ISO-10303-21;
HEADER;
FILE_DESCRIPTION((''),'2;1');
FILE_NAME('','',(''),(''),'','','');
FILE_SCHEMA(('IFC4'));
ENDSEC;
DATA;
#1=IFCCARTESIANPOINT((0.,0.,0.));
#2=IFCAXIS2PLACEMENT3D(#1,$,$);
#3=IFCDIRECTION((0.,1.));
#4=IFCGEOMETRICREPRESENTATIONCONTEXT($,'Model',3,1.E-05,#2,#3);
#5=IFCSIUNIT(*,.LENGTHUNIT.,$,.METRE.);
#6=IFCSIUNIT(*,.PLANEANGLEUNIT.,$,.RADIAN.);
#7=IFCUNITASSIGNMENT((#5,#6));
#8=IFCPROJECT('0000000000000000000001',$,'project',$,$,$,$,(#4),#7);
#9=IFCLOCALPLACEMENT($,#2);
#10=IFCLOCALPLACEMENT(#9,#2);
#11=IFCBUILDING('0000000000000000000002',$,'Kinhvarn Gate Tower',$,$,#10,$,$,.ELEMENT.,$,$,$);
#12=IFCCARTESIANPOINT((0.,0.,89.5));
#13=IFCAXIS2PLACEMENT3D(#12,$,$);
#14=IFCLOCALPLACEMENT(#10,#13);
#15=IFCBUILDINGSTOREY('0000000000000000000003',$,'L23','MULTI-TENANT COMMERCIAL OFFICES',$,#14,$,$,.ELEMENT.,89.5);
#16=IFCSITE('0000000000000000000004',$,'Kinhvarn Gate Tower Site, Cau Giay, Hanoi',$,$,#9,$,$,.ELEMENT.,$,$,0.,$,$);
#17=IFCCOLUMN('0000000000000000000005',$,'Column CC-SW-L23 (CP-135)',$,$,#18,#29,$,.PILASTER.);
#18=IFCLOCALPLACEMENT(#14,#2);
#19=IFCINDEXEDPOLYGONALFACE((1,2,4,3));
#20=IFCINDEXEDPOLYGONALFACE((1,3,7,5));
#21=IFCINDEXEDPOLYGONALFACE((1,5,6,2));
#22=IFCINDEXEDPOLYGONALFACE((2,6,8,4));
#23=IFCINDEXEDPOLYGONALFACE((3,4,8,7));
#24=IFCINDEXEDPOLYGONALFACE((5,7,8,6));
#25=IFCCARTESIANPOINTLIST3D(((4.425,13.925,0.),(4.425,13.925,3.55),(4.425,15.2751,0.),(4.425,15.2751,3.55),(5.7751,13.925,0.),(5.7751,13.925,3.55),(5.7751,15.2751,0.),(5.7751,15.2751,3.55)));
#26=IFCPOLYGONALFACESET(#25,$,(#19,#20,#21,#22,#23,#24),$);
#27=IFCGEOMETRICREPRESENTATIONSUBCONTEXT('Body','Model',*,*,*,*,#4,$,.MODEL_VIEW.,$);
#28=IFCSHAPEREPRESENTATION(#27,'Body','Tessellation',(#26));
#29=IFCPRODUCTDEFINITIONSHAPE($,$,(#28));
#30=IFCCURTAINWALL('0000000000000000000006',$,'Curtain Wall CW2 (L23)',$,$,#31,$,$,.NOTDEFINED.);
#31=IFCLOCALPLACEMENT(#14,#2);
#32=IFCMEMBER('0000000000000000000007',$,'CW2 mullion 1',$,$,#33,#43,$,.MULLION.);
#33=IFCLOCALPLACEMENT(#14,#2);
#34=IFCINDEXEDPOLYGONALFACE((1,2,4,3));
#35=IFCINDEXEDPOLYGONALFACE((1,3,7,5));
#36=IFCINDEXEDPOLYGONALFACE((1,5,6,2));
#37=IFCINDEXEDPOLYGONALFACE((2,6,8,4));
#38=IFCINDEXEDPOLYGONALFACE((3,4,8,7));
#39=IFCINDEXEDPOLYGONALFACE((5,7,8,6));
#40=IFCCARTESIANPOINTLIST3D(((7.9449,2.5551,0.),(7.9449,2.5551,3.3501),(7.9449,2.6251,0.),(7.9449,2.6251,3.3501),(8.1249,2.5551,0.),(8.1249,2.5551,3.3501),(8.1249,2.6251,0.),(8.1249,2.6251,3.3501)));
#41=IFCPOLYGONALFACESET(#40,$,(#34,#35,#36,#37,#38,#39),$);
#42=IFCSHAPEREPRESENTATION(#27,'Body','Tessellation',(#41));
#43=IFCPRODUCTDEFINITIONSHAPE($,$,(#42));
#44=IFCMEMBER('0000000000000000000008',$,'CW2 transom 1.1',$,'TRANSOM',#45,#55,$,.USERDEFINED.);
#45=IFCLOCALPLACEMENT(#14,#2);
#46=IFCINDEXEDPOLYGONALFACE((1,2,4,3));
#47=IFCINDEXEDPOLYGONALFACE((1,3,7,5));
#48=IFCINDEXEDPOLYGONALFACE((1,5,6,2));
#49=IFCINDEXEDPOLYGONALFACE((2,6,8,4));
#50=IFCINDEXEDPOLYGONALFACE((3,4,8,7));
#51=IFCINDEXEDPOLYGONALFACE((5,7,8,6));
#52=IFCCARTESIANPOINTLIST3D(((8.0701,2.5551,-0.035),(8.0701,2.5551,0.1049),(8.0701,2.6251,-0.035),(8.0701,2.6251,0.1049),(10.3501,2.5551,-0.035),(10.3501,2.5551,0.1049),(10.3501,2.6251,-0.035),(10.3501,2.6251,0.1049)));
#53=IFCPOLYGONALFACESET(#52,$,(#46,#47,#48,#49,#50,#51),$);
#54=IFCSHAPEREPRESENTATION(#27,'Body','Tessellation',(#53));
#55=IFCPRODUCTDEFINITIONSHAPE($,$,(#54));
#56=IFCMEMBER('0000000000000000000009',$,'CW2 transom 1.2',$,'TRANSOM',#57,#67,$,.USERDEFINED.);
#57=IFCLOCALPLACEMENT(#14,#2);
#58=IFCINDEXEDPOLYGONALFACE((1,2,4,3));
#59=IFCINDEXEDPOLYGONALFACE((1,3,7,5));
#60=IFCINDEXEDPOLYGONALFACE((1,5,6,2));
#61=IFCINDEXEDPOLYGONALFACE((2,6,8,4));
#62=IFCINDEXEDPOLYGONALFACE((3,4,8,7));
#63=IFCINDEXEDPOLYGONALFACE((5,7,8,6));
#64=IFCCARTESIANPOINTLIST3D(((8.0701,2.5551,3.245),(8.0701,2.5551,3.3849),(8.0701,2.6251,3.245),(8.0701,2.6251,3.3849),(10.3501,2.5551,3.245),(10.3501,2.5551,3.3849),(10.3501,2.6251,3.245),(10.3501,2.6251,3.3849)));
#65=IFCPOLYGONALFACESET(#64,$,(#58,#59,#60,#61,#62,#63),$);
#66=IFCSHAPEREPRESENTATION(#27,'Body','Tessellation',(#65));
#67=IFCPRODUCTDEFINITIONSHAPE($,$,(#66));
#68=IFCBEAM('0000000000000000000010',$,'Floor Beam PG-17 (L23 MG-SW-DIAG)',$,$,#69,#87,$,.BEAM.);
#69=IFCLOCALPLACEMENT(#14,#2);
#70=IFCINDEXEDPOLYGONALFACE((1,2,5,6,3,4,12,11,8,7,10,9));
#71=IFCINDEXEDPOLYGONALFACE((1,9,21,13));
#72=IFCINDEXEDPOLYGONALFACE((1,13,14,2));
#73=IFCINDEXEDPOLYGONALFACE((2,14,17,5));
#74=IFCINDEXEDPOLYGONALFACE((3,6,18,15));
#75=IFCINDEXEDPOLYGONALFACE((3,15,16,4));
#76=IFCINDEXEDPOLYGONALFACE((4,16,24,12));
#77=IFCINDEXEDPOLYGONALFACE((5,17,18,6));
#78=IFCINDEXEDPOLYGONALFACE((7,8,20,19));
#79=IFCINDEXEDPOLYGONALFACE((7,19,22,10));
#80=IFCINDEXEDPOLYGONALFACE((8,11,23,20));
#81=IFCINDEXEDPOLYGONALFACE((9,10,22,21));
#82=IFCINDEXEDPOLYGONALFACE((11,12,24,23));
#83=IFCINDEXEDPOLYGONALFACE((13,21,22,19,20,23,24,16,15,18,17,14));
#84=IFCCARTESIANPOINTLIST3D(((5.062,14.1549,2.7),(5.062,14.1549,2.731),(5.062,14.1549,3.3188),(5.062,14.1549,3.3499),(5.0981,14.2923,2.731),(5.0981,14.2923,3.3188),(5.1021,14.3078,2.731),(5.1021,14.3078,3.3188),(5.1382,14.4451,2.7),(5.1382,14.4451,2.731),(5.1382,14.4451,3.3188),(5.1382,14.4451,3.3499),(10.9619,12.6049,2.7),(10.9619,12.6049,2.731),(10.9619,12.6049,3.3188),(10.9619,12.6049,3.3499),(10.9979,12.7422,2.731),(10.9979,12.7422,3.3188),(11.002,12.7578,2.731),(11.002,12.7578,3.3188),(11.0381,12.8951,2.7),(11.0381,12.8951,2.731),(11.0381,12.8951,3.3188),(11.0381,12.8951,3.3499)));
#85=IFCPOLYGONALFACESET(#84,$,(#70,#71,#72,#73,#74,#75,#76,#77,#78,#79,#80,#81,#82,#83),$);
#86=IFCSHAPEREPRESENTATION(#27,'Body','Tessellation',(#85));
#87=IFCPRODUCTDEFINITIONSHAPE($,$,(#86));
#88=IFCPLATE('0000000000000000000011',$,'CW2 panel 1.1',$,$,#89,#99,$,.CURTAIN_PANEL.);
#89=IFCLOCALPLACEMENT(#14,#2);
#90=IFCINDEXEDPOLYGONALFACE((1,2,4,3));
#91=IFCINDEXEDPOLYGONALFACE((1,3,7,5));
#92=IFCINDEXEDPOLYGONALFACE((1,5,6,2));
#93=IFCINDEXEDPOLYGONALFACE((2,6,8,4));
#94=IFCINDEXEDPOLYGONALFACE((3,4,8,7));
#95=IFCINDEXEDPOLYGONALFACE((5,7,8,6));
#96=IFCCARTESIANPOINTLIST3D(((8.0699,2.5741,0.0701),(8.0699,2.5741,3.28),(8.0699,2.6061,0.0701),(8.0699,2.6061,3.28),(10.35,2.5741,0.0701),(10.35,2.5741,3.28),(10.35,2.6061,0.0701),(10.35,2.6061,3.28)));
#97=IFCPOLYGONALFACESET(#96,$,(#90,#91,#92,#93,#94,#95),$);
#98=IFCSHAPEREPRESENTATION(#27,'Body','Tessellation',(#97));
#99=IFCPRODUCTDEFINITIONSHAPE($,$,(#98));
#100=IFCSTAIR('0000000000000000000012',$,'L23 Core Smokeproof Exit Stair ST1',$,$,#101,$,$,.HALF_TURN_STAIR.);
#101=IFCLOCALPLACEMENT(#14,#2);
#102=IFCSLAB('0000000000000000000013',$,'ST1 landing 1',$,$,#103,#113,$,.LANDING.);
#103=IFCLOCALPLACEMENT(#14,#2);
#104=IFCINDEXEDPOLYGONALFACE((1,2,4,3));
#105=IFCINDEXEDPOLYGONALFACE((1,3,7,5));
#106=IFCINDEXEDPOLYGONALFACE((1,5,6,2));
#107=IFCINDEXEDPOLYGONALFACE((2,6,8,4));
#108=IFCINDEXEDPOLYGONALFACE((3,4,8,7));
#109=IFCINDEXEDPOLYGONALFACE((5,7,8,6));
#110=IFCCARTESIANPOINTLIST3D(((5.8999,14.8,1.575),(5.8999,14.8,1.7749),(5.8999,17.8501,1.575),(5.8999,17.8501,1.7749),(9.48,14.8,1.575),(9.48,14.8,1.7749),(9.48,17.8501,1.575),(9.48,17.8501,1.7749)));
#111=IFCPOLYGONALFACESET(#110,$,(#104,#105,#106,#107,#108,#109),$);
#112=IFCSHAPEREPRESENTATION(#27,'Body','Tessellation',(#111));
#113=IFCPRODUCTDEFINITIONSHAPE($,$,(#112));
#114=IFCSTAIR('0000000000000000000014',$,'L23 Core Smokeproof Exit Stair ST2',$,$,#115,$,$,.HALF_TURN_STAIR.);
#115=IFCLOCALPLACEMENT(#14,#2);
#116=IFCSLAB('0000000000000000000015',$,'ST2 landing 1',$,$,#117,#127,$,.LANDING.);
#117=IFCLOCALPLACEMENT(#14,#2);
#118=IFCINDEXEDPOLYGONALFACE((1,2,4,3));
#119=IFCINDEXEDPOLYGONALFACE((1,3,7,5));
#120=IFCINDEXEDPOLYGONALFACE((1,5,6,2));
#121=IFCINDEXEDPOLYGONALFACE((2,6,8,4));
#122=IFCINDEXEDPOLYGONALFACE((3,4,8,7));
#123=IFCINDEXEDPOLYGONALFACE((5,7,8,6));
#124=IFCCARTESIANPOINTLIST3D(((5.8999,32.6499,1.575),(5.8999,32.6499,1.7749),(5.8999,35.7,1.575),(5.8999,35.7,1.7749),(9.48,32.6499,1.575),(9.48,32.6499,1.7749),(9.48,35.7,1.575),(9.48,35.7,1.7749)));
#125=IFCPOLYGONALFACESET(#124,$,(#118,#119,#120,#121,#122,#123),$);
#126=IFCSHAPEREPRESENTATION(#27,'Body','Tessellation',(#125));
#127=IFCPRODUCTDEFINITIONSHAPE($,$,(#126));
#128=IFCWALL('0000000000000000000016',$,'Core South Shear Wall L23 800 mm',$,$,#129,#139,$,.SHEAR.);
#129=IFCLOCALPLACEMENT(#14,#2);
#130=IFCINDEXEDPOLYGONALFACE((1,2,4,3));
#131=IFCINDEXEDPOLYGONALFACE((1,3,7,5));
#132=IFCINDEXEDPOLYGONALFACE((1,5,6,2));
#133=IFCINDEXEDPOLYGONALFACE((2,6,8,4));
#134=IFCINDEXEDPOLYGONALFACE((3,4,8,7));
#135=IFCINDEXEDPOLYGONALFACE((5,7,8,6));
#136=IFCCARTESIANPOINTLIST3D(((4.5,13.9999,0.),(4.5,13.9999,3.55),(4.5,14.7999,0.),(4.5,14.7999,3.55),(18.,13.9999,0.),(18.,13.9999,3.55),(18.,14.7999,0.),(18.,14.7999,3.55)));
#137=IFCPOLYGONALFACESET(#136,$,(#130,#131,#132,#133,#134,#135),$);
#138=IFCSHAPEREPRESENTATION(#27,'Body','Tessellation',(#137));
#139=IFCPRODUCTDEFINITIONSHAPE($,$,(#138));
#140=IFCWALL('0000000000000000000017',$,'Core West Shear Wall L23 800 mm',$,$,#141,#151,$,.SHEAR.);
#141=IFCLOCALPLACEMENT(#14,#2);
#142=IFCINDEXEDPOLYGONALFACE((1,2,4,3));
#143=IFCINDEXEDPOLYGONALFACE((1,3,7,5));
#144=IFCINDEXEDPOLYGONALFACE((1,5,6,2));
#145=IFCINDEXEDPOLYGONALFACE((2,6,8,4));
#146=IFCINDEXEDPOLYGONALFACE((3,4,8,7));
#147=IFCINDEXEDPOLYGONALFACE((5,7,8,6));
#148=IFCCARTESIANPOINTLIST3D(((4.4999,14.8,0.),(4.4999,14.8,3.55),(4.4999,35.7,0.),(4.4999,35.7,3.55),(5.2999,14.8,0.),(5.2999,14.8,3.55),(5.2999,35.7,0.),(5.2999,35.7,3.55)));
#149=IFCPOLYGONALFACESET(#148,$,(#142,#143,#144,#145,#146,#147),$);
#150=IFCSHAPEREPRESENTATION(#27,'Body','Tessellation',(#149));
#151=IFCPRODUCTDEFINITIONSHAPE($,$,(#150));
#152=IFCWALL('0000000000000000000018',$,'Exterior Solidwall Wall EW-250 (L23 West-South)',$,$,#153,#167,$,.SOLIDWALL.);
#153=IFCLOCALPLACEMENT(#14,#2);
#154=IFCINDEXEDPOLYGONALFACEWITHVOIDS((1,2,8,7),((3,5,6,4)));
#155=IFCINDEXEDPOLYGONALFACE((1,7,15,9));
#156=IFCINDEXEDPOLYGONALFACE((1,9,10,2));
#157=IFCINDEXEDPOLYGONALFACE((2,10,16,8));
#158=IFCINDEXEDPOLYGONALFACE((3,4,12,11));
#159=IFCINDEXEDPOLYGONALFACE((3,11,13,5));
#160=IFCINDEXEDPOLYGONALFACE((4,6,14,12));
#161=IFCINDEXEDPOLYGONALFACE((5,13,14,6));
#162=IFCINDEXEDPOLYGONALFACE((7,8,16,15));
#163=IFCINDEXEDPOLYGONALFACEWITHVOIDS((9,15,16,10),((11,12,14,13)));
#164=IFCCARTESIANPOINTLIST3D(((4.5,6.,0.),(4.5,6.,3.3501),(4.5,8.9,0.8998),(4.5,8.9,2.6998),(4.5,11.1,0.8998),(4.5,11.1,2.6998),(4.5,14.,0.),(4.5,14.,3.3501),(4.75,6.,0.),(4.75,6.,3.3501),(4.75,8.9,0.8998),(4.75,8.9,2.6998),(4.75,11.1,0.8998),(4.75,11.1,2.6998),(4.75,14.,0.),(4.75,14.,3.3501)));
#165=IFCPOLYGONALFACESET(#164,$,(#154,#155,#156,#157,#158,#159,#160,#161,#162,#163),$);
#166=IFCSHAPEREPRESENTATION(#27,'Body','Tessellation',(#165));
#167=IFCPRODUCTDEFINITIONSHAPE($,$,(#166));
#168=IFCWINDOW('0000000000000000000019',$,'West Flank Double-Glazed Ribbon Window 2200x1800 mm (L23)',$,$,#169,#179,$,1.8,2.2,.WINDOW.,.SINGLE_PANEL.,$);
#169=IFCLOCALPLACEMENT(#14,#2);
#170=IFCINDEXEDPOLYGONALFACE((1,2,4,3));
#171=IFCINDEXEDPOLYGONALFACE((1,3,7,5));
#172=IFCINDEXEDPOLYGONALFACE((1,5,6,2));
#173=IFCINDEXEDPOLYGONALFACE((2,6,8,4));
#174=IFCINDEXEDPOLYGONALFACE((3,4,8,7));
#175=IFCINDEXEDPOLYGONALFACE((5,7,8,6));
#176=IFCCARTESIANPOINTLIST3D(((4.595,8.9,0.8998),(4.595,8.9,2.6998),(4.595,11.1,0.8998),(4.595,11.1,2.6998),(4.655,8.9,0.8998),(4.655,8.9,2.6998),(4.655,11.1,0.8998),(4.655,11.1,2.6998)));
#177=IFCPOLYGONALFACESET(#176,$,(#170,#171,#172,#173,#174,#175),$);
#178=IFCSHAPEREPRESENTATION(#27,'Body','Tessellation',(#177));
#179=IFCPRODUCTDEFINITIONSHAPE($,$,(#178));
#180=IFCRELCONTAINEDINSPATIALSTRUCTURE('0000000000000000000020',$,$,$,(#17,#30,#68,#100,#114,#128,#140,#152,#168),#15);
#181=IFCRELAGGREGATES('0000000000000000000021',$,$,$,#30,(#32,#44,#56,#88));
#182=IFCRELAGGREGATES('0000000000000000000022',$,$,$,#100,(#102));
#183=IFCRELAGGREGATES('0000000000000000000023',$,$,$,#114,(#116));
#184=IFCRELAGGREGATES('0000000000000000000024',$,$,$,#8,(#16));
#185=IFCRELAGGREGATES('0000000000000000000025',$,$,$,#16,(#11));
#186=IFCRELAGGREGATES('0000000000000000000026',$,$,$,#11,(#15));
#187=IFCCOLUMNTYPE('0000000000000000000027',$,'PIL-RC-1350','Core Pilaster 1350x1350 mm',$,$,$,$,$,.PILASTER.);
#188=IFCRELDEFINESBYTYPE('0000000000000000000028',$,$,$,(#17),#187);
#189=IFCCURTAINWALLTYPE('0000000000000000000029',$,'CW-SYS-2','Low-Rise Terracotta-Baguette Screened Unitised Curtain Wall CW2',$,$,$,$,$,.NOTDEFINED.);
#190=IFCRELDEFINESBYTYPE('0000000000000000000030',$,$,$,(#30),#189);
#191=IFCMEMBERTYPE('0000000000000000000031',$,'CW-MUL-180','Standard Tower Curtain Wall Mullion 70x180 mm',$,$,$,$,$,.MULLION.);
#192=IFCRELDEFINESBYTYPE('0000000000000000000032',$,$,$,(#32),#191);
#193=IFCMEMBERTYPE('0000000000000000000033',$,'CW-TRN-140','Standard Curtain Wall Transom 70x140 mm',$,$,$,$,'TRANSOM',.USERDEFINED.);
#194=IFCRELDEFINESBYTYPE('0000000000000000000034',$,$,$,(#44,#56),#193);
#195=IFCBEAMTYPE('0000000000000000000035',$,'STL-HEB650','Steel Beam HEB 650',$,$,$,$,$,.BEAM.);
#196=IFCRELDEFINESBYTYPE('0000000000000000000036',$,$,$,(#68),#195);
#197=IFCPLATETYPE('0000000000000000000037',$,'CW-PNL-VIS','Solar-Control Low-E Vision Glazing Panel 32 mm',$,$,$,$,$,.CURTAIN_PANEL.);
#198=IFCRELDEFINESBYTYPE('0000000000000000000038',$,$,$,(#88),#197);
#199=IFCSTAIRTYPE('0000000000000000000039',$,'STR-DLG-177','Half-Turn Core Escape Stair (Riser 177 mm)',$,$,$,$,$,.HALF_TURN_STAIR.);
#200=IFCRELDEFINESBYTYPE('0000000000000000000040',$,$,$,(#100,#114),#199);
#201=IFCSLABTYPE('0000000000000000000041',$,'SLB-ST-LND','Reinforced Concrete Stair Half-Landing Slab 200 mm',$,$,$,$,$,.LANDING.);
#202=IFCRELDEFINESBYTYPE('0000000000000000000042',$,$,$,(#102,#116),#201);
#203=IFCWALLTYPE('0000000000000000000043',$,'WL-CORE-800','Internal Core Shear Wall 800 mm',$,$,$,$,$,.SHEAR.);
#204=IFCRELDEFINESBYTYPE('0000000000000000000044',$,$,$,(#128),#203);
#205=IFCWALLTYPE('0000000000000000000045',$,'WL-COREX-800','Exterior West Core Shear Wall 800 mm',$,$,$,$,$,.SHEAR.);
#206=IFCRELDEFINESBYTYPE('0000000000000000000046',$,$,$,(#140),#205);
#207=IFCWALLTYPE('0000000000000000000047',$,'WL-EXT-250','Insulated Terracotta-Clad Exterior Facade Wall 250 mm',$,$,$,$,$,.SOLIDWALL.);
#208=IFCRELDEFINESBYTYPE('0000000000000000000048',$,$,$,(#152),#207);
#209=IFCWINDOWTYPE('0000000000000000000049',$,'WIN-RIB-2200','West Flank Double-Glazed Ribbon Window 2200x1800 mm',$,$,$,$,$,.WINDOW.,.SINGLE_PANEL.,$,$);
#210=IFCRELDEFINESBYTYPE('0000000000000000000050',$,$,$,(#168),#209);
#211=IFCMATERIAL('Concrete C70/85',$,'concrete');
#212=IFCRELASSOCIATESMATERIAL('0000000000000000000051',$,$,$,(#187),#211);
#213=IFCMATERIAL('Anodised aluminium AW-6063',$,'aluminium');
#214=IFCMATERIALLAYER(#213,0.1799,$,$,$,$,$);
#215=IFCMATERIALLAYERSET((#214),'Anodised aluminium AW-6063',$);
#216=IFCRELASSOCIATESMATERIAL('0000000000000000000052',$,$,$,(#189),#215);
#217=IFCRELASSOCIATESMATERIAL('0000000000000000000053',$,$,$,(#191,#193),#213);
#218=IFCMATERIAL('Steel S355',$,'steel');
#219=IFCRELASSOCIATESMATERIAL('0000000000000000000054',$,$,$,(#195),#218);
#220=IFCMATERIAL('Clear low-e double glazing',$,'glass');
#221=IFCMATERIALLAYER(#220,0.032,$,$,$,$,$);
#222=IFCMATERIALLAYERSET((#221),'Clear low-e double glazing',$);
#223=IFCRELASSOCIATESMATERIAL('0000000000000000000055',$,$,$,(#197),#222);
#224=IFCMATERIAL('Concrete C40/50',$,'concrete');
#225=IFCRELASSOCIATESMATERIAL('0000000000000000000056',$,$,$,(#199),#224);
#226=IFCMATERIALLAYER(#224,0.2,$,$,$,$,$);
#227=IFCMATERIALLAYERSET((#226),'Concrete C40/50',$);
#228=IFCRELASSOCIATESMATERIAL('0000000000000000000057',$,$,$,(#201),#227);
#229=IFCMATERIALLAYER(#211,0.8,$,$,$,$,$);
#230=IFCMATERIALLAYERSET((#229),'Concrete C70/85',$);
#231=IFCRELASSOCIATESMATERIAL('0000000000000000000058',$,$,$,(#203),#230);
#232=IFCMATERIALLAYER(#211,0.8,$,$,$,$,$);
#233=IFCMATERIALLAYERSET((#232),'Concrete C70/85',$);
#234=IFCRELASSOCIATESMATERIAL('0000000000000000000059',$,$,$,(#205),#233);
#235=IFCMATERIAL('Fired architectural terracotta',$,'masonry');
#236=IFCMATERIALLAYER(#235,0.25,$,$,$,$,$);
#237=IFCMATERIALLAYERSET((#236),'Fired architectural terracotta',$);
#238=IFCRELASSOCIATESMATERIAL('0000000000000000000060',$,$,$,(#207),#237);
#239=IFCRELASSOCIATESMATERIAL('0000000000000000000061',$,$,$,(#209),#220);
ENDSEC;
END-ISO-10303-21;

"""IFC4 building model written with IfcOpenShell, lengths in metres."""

from ifc_helpers import new_model, si_unit, direction, frame, frame_2d, origin, origin_2d, place, context, subcontext, project, spatial, polyline, rectangle, i_section, outline, extrude, material, layer, layer_set, material_profile, profile_set, type_object, element, fill, aggregate, save


model = new_model("IFC4")

# Units and contexts
model_context = context("Model", 3, precision=1e-05, world=origin(), true_north=direction((0.0, 1.0)))
body_context = subcontext(model_context, "Body", "Model", "MODEL_VIEW")
ifc_project = project(units=[si_unit("LENGTHUNIT", "METRE"), si_unit("PLANEANGLEUNIT", "RADIAN")], contexts=[model_context])

# Site, building, storey
site_placement = place(None, origin())
site = spatial("IfcSite", under=ifc_project, at=site_placement, Name="Kinhvarn Gate Tower Site, Cau Giay, Hanoi", CompositionType="ELEMENT", RefElevation=0.0)
building_placement = place(site_placement, origin())
building = spatial("IfcBuilding", under=site, at=building_placement, Name="Kinhvarn Gate Tower", CompositionType="ELEMENT")
storey_placement = place(building_placement, frame((0.0, 0.0, 89.5)))
storey = spatial("IfcBuildingStorey", under=building, at=storey_placement, Name="L23", Description="MULTI-TENANT COMMERCIAL OFFICES", CompositionType="ELEMENT", Elevation=89.5)

# Column
ifc_material_1 = material(Name="Concrete C70/85", Category="concrete")
ifc_material_profile_1 = material_profile(ifc_material_1, rectangle(XDim=1.3501, YDim=1.3501, at=origin_2d()), Name="RC 1350x1350")
ifc_profile_set_1 = profile_set([ifc_material_profile_1], Name="Concrete C70/85")
column_type = type_object("IfcColumnType", Name="PIL-RC-1350", Description="Core Pilaster 1350x1350 mm", PredefinedType="PILASTER", material=ifc_profile_set_1)
column_placement = place(storey_placement, frame((5.1001, 14.6001, 0.0), z_axis=(0.0, 0.0, 1.0), x_axis=(1.0, 0.0, 0.0)))
element("IfcColumn", 1, at=column_placement, inside=storey, type_object=column_type, Name="Column CC-SW-L23 (CP-135)", PredefinedType="PILASTER", context=body_context, shape_type="SweptSolid", body=[
    extrude(rectangle(XDim=1.3501, YDim=1.3501, at=origin_2d()), origin(), (0.0, 0.0, 1.0), 3.55),
])

# Curtain wall, members
ifc_material_2 = material(Name="Anodised aluminium AW-6063", Category="aluminium")
ifc_layer_1 = layer(ifc_material_2, 0.1799)
ifc_layer_set_1 = layer_set([ifc_layer_1], Name="Anodised aluminium AW-6063")
curtain_wall_type = type_object("IfcCurtainWallType", Name="CW-SYS-2", Description="Low-Rise Terracotta-Baguette Screened Unitised Curtain Wall CW2", PredefinedType="NOTDEFINED", material=ifc_layer_set_1)
curtain_wall_placement = place(storey_placement, origin())
curtain_wall = element("IfcCurtainWall", 2, at=curtain_wall_placement, inside=storey, type_object=curtain_wall_type, Name="Curtain Wall CW2 (L23)", PredefinedType="NOTDEFINED")
ifc_material_profile_2 = material_profile(ifc_material_2, rectangle(XDim=0.0701, YDim=0.1799, at=origin_2d()), Name="ALU 70x180")
ifc_profile_set_2 = profile_set([ifc_material_profile_2], Name="Anodised aluminium AW-6063")
member_type_1 = type_object("IfcMemberType", Name="CW-MUL-180", Description="Standard Tower Curtain Wall Mullion 70x180 mm", PredefinedType="MULLION", material=ifc_profile_set_2)
member_1_placement = place(storey_placement, frame((8.0349, 2.5901, 0.0), z_axis=(0.0, 0.0, 1.0), x_axis=(0.0, 1.0, 0.0)))
member_1 = element("IfcMember", 3, at=member_1_placement, type_object=member_type_1, Name="CW2 mullion 1", PredefinedType="MULLION", context=body_context, shape_type="SweptSolid", body=[
    extrude(rectangle(XDim=0.0701, YDim=0.1799, at=origin_2d()), origin(), (0.0, 0.0, 1.0), 3.3501),
])
ifc_material_profile_3 = material_profile(ifc_material_2, rectangle(XDim=0.0701, YDim=0.1399, at=origin_2d()), Name="ALU 70x140")
ifc_profile_set_3 = profile_set([ifc_material_profile_3], Name="Anodised aluminium AW-6063")
member_type_2 = type_object("IfcMemberType", Name="CW-TRN-140", Description="Standard Curtain Wall Transom 70x140 mm", ElementType="TRANSOM", PredefinedType="USERDEFINED", material=ifc_profile_set_3)
member_2_placement = place(storey_placement, frame((8.0701, 2.5901, 0.0349), z_axis=(1.0, 0.0, 0.0), x_axis=(0.0, 1.0, 0.0)))
member_2 = element("IfcMember", 4, at=member_2_placement, type_object=member_type_2, Name="CW2 transom 1.1", ObjectType="TRANSOM", PredefinedType="USERDEFINED", context=body_context, shape_type="SweptSolid", body=[
    extrude(rectangle(XDim=0.0701, YDim=0.1399, at=origin_2d()), origin(), (0.0, 0.0, 1.0), 2.28),
])
member_3_placement = place(storey_placement, frame((8.0701, 2.5901, 3.3149), z_axis=(1.0, 0.0, 0.0), x_axis=(0.0, 1.0, 0.0)))
member_3 = element("IfcMember", 5, at=member_3_placement, type_object=member_type_2, Name="CW2 transom 1.2", ObjectType="TRANSOM", PredefinedType="USERDEFINED", context=body_context, shape_type="SweptSolid", body=[
    extrude(rectangle(XDim=0.0701, YDim=0.1399, at=origin_2d()), origin(), (0.0, 0.0, 1.0), 2.28),
])

# Beam
ifc_material_3 = material(Name="Steel S355", Category="steel")
ifc_material_profile_4 = material_profile(ifc_material_3, i_section(OverallWidth=0.3, OverallDepth=0.6499, WebThickness=0.0161, FlangeThickness=0.031, at=origin_2d()), Name="HEB 650")
ifc_profile_set_4 = profile_set([ifc_material_profile_4], Name="Steel S355")
beam_type = type_object("IfcBeamType", Name="STL-HEB650", Description="Steel Beam HEB 650", PredefinedType="BEAM", material=ifc_profile_set_4)
beam_placement = place(storey_placement, frame((5.1001, 14.3, 3.0249), z_axis=(0.967178, -0.254101, 0.0), x_axis=(0.254101, 0.967178, 0.0)))
element("IfcBeam", 6, at=beam_placement, inside=storey, type_object=beam_type, Name="Floor Beam PG-17 (L23 MG-SW-DIAG)", PredefinedType="BEAM", context=body_context, shape_type="SweptSolid", body=[
    extrude(i_section(OverallWidth=0.3, OverallDepth=0.6499, WebThickness=0.0161, FlangeThickness=0.031, at=origin_2d()), origin(), (0.0, 0.0, 1.0), 6.1001),
])

# Plate
ifc_material_4 = material(Name="Clear low-e double glazing", Category="glass")
ifc_layer_2 = layer(ifc_material_4, 0.032)
ifc_layer_set_2 = layer_set([ifc_layer_2], Name="Clear low-e double glazing")
plate_type = type_object("IfcPlateType", Name="CW-PNL-VIS", Description="Solar-Control Low-E Vision Glazing Panel 32 mm", PredefinedType="CURTAIN_PANEL", material=ifc_layer_set_2)
plate_placement = place(storey_placement, frame((9.21, 2.5901, 0.0701), z_axis=(0.0, 0.0, 1.0), x_axis=(1.0, 0.0, 0.0)))
plate = element("IfcPlate", 7, at=plate_placement, type_object=plate_type, Name="CW2 panel 1.1", PredefinedType="CURTAIN_PANEL", context=body_context, shape_type="SweptSolid", body=[
    extrude(rectangle(XDim=2.28, YDim=0.032, at=origin_2d()), origin(), (0.0, 0.0, 1.0), 3.21),
])
aggregate(curtain_wall, [member_1, member_2, member_3, plate])

# Stairs, slabs
ifc_material_5 = material(Name="Concrete C40/50", Category="concrete")
stair_type = type_object("IfcStairType", Name="STR-DLG-177", Description="Half-Turn Core Escape Stair (Riser 177 mm)", PredefinedType="HALF_TURN_STAIR", material=ifc_material_5)
stair_1_placement = place(storey_placement, origin())
stair_1 = element("IfcStair", 8, at=stair_1_placement, inside=storey, type_object=stair_type, Name="L23 Core Smokeproof Exit Stair ST1", PredefinedType="HALF_TURN_STAIR")
ifc_layer_3 = layer(ifc_material_5, 0.2)
ifc_layer_set_3 = layer_set([ifc_layer_3], Name="Concrete C40/50")
slab_type = type_object("IfcSlabType", Name="SLB-ST-LND", Description="Reinforced Concrete Stair Half-Landing Slab 200 mm", PredefinedType="LANDING", material=ifc_layer_set_3)
slab_1_placement = place(storey_placement, frame((0.0, 0.0, 1.575)))
slab_1 = element("IfcSlab", 9, at=slab_1_placement, type_object=slab_type, Name="ST1 landing 1", PredefinedType="LANDING", context=body_context, shape_type="SweptSolid", body=[
    extrude(outline(polyline([(9.48, 17.8501), (5.8999, 17.8501), (5.8999, 14.8), (9.48, 14.8), (9.48, 17.8501)])), origin(), (0.0, 0.0, 1.0), 0.2),
])
aggregate(stair_1, [slab_1])
stair_2_placement = place(storey_placement, origin())
stair_2 = element("IfcStair", 10, at=stair_2_placement, inside=storey, type_object=stair_type, Name="L23 Core Smokeproof Exit Stair ST2", PredefinedType="HALF_TURN_STAIR")
slab_2_placement = place(storey_placement, frame((0.0, 0.0, 1.575)))
slab_2 = element("IfcSlab", 11, at=slab_2_placement, type_object=slab_type, Name="ST2 landing 1", PredefinedType="LANDING", context=body_context, shape_type="SweptSolid", body=[
    extrude(outline(polyline([(9.48, 35.7), (5.8999, 35.7), (5.8999, 32.6499), (9.48, 32.6499), (9.48, 35.7)])), origin(), (0.0, 0.0, 1.0), 0.2),
])
aggregate(stair_2, [slab_2])

# Walls
ifc_layer_4 = layer(ifc_material_1, 0.8)
ifc_layer_set_4 = layer_set([ifc_layer_4], Name="Concrete C70/85")
wall_type_1 = type_object("IfcWallType", Name="WL-CORE-800", Description="Internal Core Shear Wall 800 mm", PredefinedType="SHEAR", material=ifc_layer_set_4)
wall_1_placement = place(storey_placement, frame((4.5, 14.3999, 0.0), z_axis=(0.0, 0.0, 1.0), x_axis=(1.0, 0.0, 0.0)))
element("IfcWall", 12, at=wall_1_placement, inside=storey, type_object=wall_type_1, Name="Core South Shear Wall L23 800 mm", PredefinedType="SHEAR", context=body_context, shape_type="SweptSolid", body=[
    extrude(rectangle(XDim=13.5, YDim=0.8, at=frame_2d((6.75, 0.0))), origin(), (0.0, 0.0, 1.0), 3.55),
])
ifc_layer_5 = layer(ifc_material_1, 0.8)
ifc_layer_set_5 = layer_set([ifc_layer_5], Name="Concrete C70/85")
wall_type_2 = type_object("IfcWallType", Name="WL-COREX-800", Description="Exterior West Core Shear Wall 800 mm", PredefinedType="SHEAR", material=ifc_layer_set_5)
wall_2_placement = place(storey_placement, frame((4.8999, 14.8, 0.0), z_axis=(0.0, 0.0, 1.0), x_axis=(0.0, 1.0, 0.0)))
element("IfcWall", 13, at=wall_2_placement, inside=storey, type_object=wall_type_2, Name="Core West Shear Wall L23 800 mm", PredefinedType="SHEAR", context=body_context, shape_type="SweptSolid", body=[
    extrude(rectangle(XDim=20.8999, YDim=0.8, at=frame_2d((10.45, 0.0))), origin(), (0.0, 0.0, 1.0), 3.55),
])

# Wall, opening, window
ifc_material_6 = material(Name="Fired architectural terracotta", Category="masonry")
ifc_layer_6 = layer(ifc_material_6, 0.25)
ifc_layer_set_6 = layer_set([ifc_layer_6], Name="Fired architectural terracotta")
wall_type_3 = type_object("IfcWallType", Name="WL-EXT-250", Description="Insulated Terracotta-Clad Exterior Facade Wall 250 mm", PredefinedType="SOLIDWALL", material=ifc_layer_set_6)
wall_3_placement = place(storey_placement, frame((4.625, 14.0, 0.0), z_axis=(0.0, 0.0, 1.0), x_axis=(0.0, -1.0, 0.0)))
wall_3 = element("IfcWall", 14, at=wall_3_placement, inside=storey, type_object=wall_type_3, Name="Exterior Solidwall Wall EW-250 (L23 West-South)", PredefinedType="SOLIDWALL", context=body_context, shape_type="SweptSolid", body=[
    extrude(rectangle(XDim=8.0, YDim=0.25, at=frame_2d((4.0, 0.0))), origin(), (0.0, 0.0, 1.0), 3.3501),
])
opening_1_placement = place(wall_3_placement, frame((2.8999, 0.0, 0.8999)))
opening_1 = element("IfcOpeningElement", 15, at=opening_1_placement, cuts=wall_3, PredefinedType="OPENING", context=body_context, shape_type="SweptSolid", body=[
    extrude(rectangle(XDim=2.2, YDim=1.8, at=frame_2d((1.1001, 0.8999))), frame((0.0, 0.135, 0.0), z_axis=(0.0, -1.0, 0.0), x_axis=(1.0, 0.0, 0.0)), (0.0, 0.0, 1.0), 0.27),
])
window_type_1 = type_object("IfcWindowType", Name="WIN-RIB-2200", Description="West Flank Double-Glazed Ribbon Window 2200x1800 mm", PartitioningType="SINGLE_PANEL", PredefinedType="WINDOW", material=ifc_material_4)
window_1_placement = place(opening_1_placement, origin())
window_1 = element("IfcWindow", 16, at=window_1_placement, inside=storey, type_object=window_type_1, Name="West Flank Double-Glazed Ribbon Window 2200x1800 mm (L23)", OverallHeight=1.8, OverallWidth=2.2, PartitioningType="SINGLE_PANEL", PredefinedType="WINDOW", context=body_context, shape_type="SweptSolid", body=[
    extrude(rectangle(XDim=2.2, YDim=1.8, at=frame_2d((1.1001, 0.8999))), frame((0.0, 0.03, 0.0), z_axis=(0.0, -1.0, 0.0), x_axis=(1.0, 0.0, 0.0)), (0.0, 0.0, 1.0), 0.0601),
])
fill(opening_1, window_1)

save(model, "model.ifc")
